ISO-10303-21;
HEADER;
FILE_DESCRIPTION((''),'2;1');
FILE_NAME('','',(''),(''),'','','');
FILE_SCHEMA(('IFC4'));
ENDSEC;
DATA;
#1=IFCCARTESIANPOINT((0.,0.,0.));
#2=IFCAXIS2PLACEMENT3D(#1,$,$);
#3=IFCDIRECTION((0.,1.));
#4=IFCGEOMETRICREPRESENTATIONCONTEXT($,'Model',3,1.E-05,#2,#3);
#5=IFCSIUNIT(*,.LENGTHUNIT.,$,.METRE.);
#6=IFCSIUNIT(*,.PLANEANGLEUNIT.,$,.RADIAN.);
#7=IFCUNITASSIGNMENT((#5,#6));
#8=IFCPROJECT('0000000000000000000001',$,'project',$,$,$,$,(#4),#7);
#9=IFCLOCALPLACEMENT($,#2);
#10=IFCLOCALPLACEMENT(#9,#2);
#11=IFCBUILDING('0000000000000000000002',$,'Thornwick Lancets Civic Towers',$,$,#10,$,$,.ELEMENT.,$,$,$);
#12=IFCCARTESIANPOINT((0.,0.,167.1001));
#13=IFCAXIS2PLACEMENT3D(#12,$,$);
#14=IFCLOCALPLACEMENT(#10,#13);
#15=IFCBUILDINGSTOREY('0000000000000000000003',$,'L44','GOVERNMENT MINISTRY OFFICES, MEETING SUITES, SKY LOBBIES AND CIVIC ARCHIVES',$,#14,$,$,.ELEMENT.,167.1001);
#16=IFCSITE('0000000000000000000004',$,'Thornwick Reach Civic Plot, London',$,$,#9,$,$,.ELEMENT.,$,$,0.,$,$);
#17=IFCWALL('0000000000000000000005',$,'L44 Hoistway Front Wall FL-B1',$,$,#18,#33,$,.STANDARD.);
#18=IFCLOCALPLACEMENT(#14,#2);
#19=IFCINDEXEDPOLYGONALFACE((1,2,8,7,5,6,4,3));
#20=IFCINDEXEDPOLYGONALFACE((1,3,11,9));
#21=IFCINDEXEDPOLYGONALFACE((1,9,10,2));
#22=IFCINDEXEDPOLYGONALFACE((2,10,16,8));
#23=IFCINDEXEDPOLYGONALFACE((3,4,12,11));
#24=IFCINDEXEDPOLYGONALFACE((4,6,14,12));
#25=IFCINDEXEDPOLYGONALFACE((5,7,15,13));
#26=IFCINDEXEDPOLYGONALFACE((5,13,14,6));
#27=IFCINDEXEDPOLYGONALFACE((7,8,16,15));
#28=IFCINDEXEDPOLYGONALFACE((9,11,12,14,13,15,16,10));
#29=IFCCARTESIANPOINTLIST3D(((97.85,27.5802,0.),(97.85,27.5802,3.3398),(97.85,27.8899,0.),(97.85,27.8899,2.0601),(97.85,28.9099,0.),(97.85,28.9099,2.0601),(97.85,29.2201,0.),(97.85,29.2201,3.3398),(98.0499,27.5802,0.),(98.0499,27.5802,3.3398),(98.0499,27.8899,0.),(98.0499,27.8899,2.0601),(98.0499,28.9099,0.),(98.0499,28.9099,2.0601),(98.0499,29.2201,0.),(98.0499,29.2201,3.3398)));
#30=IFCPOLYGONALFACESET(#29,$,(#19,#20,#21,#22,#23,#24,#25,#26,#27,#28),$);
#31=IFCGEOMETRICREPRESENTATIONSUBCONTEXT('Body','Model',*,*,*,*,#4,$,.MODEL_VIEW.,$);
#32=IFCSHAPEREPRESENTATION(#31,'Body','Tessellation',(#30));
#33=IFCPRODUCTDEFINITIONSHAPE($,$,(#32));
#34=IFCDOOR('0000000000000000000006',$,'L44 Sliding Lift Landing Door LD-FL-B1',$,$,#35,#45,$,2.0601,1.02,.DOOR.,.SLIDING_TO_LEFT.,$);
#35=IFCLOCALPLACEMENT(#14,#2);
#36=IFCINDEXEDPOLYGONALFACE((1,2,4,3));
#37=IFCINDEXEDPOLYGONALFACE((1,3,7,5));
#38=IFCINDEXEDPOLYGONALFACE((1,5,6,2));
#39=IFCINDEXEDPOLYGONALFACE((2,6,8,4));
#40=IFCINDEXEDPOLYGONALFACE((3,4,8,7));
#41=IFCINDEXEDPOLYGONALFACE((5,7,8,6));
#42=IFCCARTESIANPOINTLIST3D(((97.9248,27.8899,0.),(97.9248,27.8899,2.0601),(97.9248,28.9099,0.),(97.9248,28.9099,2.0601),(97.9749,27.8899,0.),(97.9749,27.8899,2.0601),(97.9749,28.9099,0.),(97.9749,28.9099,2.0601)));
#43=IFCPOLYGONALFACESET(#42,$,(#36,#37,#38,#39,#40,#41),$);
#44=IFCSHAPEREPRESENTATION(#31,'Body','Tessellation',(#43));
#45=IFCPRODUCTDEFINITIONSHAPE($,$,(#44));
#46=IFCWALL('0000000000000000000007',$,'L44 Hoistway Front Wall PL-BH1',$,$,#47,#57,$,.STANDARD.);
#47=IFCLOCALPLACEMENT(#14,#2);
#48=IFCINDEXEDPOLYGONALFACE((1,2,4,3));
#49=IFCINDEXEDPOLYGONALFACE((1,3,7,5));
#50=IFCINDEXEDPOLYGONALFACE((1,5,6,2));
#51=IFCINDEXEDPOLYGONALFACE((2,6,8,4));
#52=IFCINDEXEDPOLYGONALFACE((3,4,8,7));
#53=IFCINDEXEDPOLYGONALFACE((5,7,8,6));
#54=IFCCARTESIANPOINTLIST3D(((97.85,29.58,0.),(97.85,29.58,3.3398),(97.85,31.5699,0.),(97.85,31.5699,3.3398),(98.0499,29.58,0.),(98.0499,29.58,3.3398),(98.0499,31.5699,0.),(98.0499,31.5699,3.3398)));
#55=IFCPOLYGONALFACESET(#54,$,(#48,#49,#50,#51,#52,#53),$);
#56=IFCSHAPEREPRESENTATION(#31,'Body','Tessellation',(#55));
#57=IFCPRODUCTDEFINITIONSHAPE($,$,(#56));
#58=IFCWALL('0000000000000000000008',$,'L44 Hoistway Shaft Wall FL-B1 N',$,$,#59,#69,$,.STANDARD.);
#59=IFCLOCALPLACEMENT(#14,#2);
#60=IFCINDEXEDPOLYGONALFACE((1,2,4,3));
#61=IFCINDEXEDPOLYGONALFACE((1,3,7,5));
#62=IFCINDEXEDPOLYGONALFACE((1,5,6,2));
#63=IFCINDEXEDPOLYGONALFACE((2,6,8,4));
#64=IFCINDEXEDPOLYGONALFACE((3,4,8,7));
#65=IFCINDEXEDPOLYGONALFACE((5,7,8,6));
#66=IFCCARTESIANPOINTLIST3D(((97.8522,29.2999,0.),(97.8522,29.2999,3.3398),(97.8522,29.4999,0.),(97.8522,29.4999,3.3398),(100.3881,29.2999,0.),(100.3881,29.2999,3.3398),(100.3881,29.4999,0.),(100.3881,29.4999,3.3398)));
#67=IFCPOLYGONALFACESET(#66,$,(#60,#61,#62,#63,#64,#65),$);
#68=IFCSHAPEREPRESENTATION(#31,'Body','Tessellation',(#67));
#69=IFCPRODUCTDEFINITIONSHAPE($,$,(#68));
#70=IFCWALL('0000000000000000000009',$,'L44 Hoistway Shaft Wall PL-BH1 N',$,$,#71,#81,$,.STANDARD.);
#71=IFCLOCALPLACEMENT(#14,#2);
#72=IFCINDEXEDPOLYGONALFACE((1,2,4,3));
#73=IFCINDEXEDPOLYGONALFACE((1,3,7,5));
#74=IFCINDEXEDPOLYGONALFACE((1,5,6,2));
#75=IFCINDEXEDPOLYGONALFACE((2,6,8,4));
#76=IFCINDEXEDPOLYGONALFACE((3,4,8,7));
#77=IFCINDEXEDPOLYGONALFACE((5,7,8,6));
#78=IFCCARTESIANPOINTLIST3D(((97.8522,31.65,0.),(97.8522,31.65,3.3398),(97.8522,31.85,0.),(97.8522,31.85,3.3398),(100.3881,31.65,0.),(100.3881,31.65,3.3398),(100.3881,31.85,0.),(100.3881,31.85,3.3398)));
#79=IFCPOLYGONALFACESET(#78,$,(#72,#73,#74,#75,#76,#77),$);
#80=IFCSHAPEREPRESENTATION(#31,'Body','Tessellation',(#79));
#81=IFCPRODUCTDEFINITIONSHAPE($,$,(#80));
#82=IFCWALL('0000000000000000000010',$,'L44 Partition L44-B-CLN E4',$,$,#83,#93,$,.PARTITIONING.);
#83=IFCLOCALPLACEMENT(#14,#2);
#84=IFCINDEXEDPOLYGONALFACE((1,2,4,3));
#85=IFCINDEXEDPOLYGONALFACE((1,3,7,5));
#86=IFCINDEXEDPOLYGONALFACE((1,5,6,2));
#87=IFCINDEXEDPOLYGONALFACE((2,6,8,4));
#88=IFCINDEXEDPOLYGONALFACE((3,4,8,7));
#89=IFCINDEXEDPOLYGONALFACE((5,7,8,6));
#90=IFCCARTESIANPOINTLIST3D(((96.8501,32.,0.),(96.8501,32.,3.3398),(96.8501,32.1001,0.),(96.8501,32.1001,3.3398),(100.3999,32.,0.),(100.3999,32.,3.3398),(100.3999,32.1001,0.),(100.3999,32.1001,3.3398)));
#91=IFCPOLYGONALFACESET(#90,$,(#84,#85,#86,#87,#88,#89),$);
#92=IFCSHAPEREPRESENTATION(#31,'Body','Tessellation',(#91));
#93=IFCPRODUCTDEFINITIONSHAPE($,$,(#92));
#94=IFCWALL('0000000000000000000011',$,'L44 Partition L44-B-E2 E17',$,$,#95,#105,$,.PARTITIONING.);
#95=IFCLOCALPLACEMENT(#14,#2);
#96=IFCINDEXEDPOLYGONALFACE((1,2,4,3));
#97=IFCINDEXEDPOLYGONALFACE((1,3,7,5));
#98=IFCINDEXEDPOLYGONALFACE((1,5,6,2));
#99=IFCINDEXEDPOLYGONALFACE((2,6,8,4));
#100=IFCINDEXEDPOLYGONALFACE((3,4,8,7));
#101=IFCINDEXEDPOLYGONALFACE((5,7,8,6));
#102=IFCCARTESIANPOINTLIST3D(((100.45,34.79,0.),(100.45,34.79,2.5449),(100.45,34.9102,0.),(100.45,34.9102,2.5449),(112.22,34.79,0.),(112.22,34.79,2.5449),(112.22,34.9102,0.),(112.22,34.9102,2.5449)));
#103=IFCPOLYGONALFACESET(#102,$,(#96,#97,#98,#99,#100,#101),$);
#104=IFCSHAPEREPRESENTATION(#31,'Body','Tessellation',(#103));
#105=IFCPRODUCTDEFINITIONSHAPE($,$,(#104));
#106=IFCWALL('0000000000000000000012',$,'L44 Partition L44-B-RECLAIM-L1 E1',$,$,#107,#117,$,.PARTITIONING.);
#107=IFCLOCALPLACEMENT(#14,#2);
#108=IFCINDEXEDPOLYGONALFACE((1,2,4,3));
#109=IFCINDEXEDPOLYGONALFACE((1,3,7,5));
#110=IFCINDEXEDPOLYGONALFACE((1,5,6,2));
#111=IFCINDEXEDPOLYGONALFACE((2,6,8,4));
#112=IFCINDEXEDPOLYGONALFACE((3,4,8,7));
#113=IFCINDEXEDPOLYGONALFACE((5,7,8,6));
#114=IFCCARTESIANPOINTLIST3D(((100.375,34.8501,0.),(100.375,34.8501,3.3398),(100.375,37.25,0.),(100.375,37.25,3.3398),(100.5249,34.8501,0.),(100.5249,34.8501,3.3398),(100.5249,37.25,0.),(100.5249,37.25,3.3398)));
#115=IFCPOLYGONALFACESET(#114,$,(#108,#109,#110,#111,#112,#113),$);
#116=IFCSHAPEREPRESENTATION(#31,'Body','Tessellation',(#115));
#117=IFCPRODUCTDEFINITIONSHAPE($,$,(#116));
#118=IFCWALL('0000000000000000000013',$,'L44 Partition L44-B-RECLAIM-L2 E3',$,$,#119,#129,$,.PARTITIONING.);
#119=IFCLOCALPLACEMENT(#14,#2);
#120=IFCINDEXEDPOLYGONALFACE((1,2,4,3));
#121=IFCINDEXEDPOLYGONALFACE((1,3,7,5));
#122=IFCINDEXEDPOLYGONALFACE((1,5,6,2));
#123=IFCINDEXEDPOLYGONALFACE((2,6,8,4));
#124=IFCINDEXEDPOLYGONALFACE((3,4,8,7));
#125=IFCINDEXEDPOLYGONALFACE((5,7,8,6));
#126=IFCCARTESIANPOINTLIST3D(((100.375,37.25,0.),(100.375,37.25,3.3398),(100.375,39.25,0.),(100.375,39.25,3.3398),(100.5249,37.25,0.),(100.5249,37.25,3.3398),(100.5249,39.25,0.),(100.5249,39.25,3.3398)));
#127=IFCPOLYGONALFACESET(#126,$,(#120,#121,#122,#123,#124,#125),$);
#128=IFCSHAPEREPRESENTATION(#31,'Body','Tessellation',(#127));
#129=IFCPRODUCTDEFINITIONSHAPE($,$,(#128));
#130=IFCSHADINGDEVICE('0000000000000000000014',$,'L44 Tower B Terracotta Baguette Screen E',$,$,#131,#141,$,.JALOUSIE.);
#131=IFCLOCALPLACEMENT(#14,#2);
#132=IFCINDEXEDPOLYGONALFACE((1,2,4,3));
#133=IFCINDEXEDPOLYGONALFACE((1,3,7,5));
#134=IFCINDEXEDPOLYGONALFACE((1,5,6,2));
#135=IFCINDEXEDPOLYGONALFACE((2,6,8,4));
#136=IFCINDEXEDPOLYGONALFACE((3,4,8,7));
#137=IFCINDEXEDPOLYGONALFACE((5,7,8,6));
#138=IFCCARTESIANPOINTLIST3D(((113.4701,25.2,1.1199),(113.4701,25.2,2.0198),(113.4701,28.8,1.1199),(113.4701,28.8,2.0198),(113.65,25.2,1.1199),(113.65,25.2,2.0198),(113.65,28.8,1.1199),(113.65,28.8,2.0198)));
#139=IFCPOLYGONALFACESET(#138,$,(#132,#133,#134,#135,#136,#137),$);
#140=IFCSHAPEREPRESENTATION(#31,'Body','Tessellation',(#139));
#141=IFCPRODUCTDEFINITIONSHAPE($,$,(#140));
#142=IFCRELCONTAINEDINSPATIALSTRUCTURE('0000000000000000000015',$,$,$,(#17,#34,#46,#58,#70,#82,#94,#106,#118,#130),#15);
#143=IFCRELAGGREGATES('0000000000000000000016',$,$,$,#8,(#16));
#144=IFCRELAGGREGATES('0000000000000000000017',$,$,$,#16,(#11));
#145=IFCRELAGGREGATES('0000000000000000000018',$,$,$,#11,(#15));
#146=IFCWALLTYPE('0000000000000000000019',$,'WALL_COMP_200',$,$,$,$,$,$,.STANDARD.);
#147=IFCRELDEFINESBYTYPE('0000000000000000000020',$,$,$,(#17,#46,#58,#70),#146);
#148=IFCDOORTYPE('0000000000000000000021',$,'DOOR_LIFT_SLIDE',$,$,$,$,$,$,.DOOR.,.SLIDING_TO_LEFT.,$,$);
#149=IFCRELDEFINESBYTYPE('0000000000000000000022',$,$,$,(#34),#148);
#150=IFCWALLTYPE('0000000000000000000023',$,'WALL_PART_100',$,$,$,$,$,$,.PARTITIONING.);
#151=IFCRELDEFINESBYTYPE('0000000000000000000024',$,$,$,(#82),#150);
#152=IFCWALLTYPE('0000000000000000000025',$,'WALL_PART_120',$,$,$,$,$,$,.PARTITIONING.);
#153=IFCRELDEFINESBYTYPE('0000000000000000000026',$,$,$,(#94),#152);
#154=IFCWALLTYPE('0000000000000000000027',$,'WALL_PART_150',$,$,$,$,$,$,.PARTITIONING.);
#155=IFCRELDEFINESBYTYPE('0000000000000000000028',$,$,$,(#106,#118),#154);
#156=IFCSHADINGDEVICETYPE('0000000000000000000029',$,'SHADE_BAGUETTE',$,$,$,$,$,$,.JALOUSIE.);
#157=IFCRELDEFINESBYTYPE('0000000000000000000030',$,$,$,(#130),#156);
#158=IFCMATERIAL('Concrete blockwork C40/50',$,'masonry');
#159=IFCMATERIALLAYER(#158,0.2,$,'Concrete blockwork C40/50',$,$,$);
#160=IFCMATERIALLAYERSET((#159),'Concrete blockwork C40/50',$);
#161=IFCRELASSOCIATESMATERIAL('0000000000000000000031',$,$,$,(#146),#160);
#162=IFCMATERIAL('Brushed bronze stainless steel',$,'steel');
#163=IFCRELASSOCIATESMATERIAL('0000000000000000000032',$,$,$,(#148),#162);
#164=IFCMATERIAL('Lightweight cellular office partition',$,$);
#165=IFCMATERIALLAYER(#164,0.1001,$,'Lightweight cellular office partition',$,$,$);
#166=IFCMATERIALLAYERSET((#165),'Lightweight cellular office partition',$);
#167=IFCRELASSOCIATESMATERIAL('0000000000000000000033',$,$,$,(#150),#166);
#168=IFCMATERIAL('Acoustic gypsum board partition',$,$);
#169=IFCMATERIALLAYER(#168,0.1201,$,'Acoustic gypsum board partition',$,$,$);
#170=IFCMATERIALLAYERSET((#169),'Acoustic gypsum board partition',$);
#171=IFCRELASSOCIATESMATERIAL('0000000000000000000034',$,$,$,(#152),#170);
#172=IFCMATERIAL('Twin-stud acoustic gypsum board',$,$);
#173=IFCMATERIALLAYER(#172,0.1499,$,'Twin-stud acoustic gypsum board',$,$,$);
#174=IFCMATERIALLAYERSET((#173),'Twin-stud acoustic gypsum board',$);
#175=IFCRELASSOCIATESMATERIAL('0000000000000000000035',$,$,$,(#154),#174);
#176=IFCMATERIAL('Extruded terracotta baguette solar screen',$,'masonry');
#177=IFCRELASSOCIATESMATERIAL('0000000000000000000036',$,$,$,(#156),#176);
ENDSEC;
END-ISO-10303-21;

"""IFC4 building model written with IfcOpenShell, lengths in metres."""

from ifc_helpers import new_model, si_unit, direction, frame, frame_2d, origin, origin_2d, place, context, subcontext, project, spatial, rectangle, extrude, material, layer, layer_set, type_object, element, fill, save


model = new_model("IFC4")

# Units and contexts
model_context = context("Model", 3, precision=1e-05, world=origin(), true_north=direction((0.0, 1.0)))
body_context = subcontext(model_context, "Body", "Model", "MODEL_VIEW")
ifc_project = project(units=[si_unit("LENGTHUNIT", "METRE"), si_unit("PLANEANGLEUNIT", "RADIAN")], contexts=[model_context])

# Site, building, storey
site_placement = place(None, origin())
site = spatial("IfcSite", under=ifc_project, at=site_placement, Name="Thornwick Reach Civic Plot, London", CompositionType="ELEMENT", RefElevation=0.0)
building_placement = place(site_placement, origin())
building = spatial("IfcBuilding", under=site, at=building_placement, Name="Thornwick Lancets Civic Towers", CompositionType="ELEMENT")
storey_placement = place(building_placement, frame((0.0, 0.0, 167.1001)))
storey = spatial("IfcBuildingStorey", under=building, at=storey_placement, Name="L44", Description="GOVERNMENT MINISTRY OFFICES, MEETING SUITES, SKY LOBBIES AND CIVIC ARCHIVES", CompositionType="ELEMENT", Elevation=167.1001)

# Wall, opening, door
ifc_material_1 = material(Name="Concrete blockwork C40/50", Category="masonry")
ifc_layer_1 = layer(ifc_material_1, 0.2, Name="Concrete blockwork C40/50")
ifc_layer_set_1 = layer_set([ifc_layer_1], Name="Concrete blockwork C40/50")
wall_type_1 = type_object("IfcWallType", Name="WALL_COMP_200", PredefinedType="STANDARD", material=ifc_layer_set_1)
wall_1_placement = place(storey_placement, frame((97.95, 29.22, 0.0), z_axis=(0.0, 0.0, 1.0), x_axis=(0.0, -1.0, 0.0)))
wall_1 = element("IfcWall", 1, at=wall_1_placement, inside=storey, type_object=wall_type_1, Name="L44 Hoistway Front Wall FL-B1", PredefinedType="STANDARD", context=body_context, shape_type="SweptSolid", body=[
    extrude(rectangle(XDim=1.6399, YDim=0.2, at=frame_2d((0.8198, 0.0))), origin(), (0.0, 0.0, 1.0), 3.3398),
])
opening_placement = place(wall_1_placement, frame((0.3101, 0.0, 0.0)))
opening = element("IfcOpeningElement", 2, at=opening_placement, cuts=wall_1, PredefinedType="OPENING", context=body_context, shape_type="SweptSolid", body=[
    extrude(rectangle(XDim=1.02, YDim=2.0601, at=frame_2d((0.51, 1.03))), frame((0.0, 0.1099, 0.0), z_axis=(0.0, -1.0, 0.0), x_axis=(1.0, 0.0, 0.0)), (0.0, 0.0, 1.0), 0.22),
])
ifc_material_2 = material(Name="Brushed bronze stainless steel", Category="steel")
door_type = type_object("IfcDoorType", Name="DOOR_LIFT_SLIDE", OperationType="SLIDING_TO_LEFT", PredefinedType="DOOR", material=ifc_material_2)
door_placement = place(opening_placement, origin())
door = element("IfcDoor", 3, at=door_placement, inside=storey, type_object=door_type, Name="L44 Sliding Lift Landing Door LD-FL-B1", OperationType="SLIDING_TO_LEFT", OverallHeight=2.0601, OverallWidth=1.02, PredefinedType="DOOR", context=body_context, shape_type="SweptSolid", body=[
    extrude(rectangle(XDim=1.02, YDim=2.0601, at=frame_2d((0.51, 1.03))), frame((0.0, 0.0249, 0.0), z_axis=(0.0, -1.0, 0.0), x_axis=(1.0, 0.0, 0.0)), (0.0, 0.0, 1.0), 0.05),
])
fill(opening, door)

# Walls
wall_2_placement = place(storey_placement, frame((97.95, 31.5701, 0.0), z_axis=(0.0, 0.0, 1.0), x_axis=(0.0, -1.0, 0.0)))
element("IfcWall", 4, at=wall_2_placement, inside=storey, type_object=wall_type_1, Name="L44 Hoistway Front Wall PL-BH1", PredefinedType="STANDARD", context=body_context, shape_type="SweptSolid", body=[
    extrude(rectangle(XDim=1.99, YDim=0.2, at=frame_2d((0.9951, 0.0))), origin(), (0.0, 0.0, 1.0), 3.3398),
])
for number, where, z_axis, x_axis, name in (
    (5, (97.8521, 29.3999, 0.0), (0.0, 0.0, 1.0), (1.0, 0.0, 0.0), "L44 Hoistway Shaft Wall FL-B1 N"),
    (6, (97.8521, 31.75, 0.0), (0.0, 0.0, 1.0), (1.0, 0.0, 0.0), "L44 Hoistway Shaft Wall PL-BH1 N"),
):
    element("IfcWall", number, at=place(storey_placement, frame(where, z_axis=z_axis, x_axis=x_axis)), inside=storey, type_object=wall_type_1, Name=name, PredefinedType="STANDARD", context=body_context, shape_type="SweptSolid", body=[
        extrude(rectangle(XDim=2.5359, YDim=0.2, at=frame_2d((1.2681, 0.0))), origin(), (0.0, 0.0, 1.0), 3.3398),
    ])
ifc_material_3 = material(Name="Lightweight cellular office partition")
ifc_layer_2 = layer(ifc_material_3, 0.1001, Name="Lightweight cellular office partition")
ifc_layer_set_2 = layer_set([ifc_layer_2], Name="Lightweight cellular office partition")
wall_type_2 = type_object("IfcWallType", Name="WALL_PART_100", PredefinedType="PARTITIONING", material=ifc_layer_set_2)
wall_3_placement = place(storey_placement, frame((100.3999, 32.05, 0.0), z_axis=(0.0, 0.0, 1.0), x_axis=(-1.0, 0.0, 0.0)))
element("IfcWall", 7, at=wall_3_placement, inside=storey, type_object=wall_type_2, Name="L44 Partition L44-B-CLN E4", PredefinedType="PARTITIONING", context=body_context, shape_type="SweptSolid", body=[
    extrude(rectangle(XDim=3.5498, YDim=0.1001, at=frame_2d((1.7749, 0.0))), origin(), (0.0, 0.0, 1.0), 3.3398),
])
ifc_material_4 = material(Name="Acoustic gypsum board partition")
ifc_layer_3 = layer(ifc_material_4, 0.1201, Name="Acoustic gypsum board partition")
ifc_layer_set_3 = layer_set([ifc_layer_3], Name="Acoustic gypsum board partition")
wall_type_3 = type_object("IfcWallType", Name="WALL_PART_120", PredefinedType="PARTITIONING", material=ifc_layer_set_3)
wall_4_placement = place(storey_placement, frame((112.22, 34.8501, 0.0), z_axis=(0.0, 0.0, 1.0), x_axis=(-1.0, 0.0, 0.0)))
element("IfcWall", 8, at=wall_4_placement, inside=storey, type_object=wall_type_3, Name="L44 Partition L44-B-E2 E17", PredefinedType="PARTITIONING", context=body_context, shape_type="SweptSolid", body=[
    extrude(rectangle(XDim=11.77, YDim=0.1201, at=frame_2d((5.885, 0.0))), origin(), (0.0, 0.0, 1.0), 2.5449),
])
ifc_material_5 = material(Name="Twin-stud acoustic gypsum board")
ifc_layer_4 = layer(ifc_material_5, 0.1499, Name="Twin-stud acoustic gypsum board")
ifc_layer_set_4 = layer_set([ifc_layer_4], Name="Twin-stud acoustic gypsum board")
wall_type_4 = type_object("IfcWallType", Name="WALL_PART_150", PredefinedType="PARTITIONING", material=ifc_layer_set_4)
wall_5_placement = place(storey_placement, frame((100.45, 37.25, 0.0), z_axis=(0.0, 0.0, 1.0), x_axis=(0.0, -1.0, 0.0)))
element("IfcWall", 9, at=wall_5_placement, inside=storey, type_object=wall_type_4, Name="L44 Partition L44-B-RECLAIM-L1 E1", PredefinedType="PARTITIONING", context=body_context, shape_type="SweptSolid", body=[
    extrude(rectangle(XDim=2.3999, YDim=0.1499, at=frame_2d((1.2, 0.0))), origin(), (0.0, 0.0, 1.0), 3.3398),
])
wall_6_placement = place(storey_placement, frame((100.45, 39.25, 0.0), z_axis=(0.0, 0.0, 1.0), x_axis=(0.0, -1.0, 0.0)))
element("IfcWall", 10, at=wall_6_placement, inside=storey, type_object=wall_type_4, Name="L44 Partition L44-B-RECLAIM-L2 E3", PredefinedType="PARTITIONING", context=body_context, shape_type="SweptSolid", body=[
    extrude(rectangle(XDim=2.0, YDim=0.1499, at=frame_2d((1.0, 0.0))), origin(), (0.0, 0.0, 1.0), 3.3398),
])

# Shading device
ifc_material_6 = material(Name="Extruded terracotta baguette solar screen", Category="masonry")
shading_device_type = type_object("IfcShadingDeviceType", Name="SHADE_BAGUETTE", PredefinedType="JALOUSIE", material=ifc_material_6)
shading_device_placement = place(storey_placement, frame((113.5601, 27.0, 1.1199), z_axis=(0.0, 0.0, 1.0), x_axis=(0.0, 1.0, 0.0)))
element("IfcShadingDevice", 11, at=shading_device_placement, inside=storey, type_object=shading_device_type, Name="L44 Tower B Terracotta Baguette Screen E", PredefinedType="JALOUSIE", context=body_context, shape_type="SweptSolid", body=[
    extrude(rectangle(XDim=3.6001, YDim=0.1799, at=origin_2d()), origin(), (0.0, 0.0, 1.0), 0.8999),
])

save(model, "model.ifc")
